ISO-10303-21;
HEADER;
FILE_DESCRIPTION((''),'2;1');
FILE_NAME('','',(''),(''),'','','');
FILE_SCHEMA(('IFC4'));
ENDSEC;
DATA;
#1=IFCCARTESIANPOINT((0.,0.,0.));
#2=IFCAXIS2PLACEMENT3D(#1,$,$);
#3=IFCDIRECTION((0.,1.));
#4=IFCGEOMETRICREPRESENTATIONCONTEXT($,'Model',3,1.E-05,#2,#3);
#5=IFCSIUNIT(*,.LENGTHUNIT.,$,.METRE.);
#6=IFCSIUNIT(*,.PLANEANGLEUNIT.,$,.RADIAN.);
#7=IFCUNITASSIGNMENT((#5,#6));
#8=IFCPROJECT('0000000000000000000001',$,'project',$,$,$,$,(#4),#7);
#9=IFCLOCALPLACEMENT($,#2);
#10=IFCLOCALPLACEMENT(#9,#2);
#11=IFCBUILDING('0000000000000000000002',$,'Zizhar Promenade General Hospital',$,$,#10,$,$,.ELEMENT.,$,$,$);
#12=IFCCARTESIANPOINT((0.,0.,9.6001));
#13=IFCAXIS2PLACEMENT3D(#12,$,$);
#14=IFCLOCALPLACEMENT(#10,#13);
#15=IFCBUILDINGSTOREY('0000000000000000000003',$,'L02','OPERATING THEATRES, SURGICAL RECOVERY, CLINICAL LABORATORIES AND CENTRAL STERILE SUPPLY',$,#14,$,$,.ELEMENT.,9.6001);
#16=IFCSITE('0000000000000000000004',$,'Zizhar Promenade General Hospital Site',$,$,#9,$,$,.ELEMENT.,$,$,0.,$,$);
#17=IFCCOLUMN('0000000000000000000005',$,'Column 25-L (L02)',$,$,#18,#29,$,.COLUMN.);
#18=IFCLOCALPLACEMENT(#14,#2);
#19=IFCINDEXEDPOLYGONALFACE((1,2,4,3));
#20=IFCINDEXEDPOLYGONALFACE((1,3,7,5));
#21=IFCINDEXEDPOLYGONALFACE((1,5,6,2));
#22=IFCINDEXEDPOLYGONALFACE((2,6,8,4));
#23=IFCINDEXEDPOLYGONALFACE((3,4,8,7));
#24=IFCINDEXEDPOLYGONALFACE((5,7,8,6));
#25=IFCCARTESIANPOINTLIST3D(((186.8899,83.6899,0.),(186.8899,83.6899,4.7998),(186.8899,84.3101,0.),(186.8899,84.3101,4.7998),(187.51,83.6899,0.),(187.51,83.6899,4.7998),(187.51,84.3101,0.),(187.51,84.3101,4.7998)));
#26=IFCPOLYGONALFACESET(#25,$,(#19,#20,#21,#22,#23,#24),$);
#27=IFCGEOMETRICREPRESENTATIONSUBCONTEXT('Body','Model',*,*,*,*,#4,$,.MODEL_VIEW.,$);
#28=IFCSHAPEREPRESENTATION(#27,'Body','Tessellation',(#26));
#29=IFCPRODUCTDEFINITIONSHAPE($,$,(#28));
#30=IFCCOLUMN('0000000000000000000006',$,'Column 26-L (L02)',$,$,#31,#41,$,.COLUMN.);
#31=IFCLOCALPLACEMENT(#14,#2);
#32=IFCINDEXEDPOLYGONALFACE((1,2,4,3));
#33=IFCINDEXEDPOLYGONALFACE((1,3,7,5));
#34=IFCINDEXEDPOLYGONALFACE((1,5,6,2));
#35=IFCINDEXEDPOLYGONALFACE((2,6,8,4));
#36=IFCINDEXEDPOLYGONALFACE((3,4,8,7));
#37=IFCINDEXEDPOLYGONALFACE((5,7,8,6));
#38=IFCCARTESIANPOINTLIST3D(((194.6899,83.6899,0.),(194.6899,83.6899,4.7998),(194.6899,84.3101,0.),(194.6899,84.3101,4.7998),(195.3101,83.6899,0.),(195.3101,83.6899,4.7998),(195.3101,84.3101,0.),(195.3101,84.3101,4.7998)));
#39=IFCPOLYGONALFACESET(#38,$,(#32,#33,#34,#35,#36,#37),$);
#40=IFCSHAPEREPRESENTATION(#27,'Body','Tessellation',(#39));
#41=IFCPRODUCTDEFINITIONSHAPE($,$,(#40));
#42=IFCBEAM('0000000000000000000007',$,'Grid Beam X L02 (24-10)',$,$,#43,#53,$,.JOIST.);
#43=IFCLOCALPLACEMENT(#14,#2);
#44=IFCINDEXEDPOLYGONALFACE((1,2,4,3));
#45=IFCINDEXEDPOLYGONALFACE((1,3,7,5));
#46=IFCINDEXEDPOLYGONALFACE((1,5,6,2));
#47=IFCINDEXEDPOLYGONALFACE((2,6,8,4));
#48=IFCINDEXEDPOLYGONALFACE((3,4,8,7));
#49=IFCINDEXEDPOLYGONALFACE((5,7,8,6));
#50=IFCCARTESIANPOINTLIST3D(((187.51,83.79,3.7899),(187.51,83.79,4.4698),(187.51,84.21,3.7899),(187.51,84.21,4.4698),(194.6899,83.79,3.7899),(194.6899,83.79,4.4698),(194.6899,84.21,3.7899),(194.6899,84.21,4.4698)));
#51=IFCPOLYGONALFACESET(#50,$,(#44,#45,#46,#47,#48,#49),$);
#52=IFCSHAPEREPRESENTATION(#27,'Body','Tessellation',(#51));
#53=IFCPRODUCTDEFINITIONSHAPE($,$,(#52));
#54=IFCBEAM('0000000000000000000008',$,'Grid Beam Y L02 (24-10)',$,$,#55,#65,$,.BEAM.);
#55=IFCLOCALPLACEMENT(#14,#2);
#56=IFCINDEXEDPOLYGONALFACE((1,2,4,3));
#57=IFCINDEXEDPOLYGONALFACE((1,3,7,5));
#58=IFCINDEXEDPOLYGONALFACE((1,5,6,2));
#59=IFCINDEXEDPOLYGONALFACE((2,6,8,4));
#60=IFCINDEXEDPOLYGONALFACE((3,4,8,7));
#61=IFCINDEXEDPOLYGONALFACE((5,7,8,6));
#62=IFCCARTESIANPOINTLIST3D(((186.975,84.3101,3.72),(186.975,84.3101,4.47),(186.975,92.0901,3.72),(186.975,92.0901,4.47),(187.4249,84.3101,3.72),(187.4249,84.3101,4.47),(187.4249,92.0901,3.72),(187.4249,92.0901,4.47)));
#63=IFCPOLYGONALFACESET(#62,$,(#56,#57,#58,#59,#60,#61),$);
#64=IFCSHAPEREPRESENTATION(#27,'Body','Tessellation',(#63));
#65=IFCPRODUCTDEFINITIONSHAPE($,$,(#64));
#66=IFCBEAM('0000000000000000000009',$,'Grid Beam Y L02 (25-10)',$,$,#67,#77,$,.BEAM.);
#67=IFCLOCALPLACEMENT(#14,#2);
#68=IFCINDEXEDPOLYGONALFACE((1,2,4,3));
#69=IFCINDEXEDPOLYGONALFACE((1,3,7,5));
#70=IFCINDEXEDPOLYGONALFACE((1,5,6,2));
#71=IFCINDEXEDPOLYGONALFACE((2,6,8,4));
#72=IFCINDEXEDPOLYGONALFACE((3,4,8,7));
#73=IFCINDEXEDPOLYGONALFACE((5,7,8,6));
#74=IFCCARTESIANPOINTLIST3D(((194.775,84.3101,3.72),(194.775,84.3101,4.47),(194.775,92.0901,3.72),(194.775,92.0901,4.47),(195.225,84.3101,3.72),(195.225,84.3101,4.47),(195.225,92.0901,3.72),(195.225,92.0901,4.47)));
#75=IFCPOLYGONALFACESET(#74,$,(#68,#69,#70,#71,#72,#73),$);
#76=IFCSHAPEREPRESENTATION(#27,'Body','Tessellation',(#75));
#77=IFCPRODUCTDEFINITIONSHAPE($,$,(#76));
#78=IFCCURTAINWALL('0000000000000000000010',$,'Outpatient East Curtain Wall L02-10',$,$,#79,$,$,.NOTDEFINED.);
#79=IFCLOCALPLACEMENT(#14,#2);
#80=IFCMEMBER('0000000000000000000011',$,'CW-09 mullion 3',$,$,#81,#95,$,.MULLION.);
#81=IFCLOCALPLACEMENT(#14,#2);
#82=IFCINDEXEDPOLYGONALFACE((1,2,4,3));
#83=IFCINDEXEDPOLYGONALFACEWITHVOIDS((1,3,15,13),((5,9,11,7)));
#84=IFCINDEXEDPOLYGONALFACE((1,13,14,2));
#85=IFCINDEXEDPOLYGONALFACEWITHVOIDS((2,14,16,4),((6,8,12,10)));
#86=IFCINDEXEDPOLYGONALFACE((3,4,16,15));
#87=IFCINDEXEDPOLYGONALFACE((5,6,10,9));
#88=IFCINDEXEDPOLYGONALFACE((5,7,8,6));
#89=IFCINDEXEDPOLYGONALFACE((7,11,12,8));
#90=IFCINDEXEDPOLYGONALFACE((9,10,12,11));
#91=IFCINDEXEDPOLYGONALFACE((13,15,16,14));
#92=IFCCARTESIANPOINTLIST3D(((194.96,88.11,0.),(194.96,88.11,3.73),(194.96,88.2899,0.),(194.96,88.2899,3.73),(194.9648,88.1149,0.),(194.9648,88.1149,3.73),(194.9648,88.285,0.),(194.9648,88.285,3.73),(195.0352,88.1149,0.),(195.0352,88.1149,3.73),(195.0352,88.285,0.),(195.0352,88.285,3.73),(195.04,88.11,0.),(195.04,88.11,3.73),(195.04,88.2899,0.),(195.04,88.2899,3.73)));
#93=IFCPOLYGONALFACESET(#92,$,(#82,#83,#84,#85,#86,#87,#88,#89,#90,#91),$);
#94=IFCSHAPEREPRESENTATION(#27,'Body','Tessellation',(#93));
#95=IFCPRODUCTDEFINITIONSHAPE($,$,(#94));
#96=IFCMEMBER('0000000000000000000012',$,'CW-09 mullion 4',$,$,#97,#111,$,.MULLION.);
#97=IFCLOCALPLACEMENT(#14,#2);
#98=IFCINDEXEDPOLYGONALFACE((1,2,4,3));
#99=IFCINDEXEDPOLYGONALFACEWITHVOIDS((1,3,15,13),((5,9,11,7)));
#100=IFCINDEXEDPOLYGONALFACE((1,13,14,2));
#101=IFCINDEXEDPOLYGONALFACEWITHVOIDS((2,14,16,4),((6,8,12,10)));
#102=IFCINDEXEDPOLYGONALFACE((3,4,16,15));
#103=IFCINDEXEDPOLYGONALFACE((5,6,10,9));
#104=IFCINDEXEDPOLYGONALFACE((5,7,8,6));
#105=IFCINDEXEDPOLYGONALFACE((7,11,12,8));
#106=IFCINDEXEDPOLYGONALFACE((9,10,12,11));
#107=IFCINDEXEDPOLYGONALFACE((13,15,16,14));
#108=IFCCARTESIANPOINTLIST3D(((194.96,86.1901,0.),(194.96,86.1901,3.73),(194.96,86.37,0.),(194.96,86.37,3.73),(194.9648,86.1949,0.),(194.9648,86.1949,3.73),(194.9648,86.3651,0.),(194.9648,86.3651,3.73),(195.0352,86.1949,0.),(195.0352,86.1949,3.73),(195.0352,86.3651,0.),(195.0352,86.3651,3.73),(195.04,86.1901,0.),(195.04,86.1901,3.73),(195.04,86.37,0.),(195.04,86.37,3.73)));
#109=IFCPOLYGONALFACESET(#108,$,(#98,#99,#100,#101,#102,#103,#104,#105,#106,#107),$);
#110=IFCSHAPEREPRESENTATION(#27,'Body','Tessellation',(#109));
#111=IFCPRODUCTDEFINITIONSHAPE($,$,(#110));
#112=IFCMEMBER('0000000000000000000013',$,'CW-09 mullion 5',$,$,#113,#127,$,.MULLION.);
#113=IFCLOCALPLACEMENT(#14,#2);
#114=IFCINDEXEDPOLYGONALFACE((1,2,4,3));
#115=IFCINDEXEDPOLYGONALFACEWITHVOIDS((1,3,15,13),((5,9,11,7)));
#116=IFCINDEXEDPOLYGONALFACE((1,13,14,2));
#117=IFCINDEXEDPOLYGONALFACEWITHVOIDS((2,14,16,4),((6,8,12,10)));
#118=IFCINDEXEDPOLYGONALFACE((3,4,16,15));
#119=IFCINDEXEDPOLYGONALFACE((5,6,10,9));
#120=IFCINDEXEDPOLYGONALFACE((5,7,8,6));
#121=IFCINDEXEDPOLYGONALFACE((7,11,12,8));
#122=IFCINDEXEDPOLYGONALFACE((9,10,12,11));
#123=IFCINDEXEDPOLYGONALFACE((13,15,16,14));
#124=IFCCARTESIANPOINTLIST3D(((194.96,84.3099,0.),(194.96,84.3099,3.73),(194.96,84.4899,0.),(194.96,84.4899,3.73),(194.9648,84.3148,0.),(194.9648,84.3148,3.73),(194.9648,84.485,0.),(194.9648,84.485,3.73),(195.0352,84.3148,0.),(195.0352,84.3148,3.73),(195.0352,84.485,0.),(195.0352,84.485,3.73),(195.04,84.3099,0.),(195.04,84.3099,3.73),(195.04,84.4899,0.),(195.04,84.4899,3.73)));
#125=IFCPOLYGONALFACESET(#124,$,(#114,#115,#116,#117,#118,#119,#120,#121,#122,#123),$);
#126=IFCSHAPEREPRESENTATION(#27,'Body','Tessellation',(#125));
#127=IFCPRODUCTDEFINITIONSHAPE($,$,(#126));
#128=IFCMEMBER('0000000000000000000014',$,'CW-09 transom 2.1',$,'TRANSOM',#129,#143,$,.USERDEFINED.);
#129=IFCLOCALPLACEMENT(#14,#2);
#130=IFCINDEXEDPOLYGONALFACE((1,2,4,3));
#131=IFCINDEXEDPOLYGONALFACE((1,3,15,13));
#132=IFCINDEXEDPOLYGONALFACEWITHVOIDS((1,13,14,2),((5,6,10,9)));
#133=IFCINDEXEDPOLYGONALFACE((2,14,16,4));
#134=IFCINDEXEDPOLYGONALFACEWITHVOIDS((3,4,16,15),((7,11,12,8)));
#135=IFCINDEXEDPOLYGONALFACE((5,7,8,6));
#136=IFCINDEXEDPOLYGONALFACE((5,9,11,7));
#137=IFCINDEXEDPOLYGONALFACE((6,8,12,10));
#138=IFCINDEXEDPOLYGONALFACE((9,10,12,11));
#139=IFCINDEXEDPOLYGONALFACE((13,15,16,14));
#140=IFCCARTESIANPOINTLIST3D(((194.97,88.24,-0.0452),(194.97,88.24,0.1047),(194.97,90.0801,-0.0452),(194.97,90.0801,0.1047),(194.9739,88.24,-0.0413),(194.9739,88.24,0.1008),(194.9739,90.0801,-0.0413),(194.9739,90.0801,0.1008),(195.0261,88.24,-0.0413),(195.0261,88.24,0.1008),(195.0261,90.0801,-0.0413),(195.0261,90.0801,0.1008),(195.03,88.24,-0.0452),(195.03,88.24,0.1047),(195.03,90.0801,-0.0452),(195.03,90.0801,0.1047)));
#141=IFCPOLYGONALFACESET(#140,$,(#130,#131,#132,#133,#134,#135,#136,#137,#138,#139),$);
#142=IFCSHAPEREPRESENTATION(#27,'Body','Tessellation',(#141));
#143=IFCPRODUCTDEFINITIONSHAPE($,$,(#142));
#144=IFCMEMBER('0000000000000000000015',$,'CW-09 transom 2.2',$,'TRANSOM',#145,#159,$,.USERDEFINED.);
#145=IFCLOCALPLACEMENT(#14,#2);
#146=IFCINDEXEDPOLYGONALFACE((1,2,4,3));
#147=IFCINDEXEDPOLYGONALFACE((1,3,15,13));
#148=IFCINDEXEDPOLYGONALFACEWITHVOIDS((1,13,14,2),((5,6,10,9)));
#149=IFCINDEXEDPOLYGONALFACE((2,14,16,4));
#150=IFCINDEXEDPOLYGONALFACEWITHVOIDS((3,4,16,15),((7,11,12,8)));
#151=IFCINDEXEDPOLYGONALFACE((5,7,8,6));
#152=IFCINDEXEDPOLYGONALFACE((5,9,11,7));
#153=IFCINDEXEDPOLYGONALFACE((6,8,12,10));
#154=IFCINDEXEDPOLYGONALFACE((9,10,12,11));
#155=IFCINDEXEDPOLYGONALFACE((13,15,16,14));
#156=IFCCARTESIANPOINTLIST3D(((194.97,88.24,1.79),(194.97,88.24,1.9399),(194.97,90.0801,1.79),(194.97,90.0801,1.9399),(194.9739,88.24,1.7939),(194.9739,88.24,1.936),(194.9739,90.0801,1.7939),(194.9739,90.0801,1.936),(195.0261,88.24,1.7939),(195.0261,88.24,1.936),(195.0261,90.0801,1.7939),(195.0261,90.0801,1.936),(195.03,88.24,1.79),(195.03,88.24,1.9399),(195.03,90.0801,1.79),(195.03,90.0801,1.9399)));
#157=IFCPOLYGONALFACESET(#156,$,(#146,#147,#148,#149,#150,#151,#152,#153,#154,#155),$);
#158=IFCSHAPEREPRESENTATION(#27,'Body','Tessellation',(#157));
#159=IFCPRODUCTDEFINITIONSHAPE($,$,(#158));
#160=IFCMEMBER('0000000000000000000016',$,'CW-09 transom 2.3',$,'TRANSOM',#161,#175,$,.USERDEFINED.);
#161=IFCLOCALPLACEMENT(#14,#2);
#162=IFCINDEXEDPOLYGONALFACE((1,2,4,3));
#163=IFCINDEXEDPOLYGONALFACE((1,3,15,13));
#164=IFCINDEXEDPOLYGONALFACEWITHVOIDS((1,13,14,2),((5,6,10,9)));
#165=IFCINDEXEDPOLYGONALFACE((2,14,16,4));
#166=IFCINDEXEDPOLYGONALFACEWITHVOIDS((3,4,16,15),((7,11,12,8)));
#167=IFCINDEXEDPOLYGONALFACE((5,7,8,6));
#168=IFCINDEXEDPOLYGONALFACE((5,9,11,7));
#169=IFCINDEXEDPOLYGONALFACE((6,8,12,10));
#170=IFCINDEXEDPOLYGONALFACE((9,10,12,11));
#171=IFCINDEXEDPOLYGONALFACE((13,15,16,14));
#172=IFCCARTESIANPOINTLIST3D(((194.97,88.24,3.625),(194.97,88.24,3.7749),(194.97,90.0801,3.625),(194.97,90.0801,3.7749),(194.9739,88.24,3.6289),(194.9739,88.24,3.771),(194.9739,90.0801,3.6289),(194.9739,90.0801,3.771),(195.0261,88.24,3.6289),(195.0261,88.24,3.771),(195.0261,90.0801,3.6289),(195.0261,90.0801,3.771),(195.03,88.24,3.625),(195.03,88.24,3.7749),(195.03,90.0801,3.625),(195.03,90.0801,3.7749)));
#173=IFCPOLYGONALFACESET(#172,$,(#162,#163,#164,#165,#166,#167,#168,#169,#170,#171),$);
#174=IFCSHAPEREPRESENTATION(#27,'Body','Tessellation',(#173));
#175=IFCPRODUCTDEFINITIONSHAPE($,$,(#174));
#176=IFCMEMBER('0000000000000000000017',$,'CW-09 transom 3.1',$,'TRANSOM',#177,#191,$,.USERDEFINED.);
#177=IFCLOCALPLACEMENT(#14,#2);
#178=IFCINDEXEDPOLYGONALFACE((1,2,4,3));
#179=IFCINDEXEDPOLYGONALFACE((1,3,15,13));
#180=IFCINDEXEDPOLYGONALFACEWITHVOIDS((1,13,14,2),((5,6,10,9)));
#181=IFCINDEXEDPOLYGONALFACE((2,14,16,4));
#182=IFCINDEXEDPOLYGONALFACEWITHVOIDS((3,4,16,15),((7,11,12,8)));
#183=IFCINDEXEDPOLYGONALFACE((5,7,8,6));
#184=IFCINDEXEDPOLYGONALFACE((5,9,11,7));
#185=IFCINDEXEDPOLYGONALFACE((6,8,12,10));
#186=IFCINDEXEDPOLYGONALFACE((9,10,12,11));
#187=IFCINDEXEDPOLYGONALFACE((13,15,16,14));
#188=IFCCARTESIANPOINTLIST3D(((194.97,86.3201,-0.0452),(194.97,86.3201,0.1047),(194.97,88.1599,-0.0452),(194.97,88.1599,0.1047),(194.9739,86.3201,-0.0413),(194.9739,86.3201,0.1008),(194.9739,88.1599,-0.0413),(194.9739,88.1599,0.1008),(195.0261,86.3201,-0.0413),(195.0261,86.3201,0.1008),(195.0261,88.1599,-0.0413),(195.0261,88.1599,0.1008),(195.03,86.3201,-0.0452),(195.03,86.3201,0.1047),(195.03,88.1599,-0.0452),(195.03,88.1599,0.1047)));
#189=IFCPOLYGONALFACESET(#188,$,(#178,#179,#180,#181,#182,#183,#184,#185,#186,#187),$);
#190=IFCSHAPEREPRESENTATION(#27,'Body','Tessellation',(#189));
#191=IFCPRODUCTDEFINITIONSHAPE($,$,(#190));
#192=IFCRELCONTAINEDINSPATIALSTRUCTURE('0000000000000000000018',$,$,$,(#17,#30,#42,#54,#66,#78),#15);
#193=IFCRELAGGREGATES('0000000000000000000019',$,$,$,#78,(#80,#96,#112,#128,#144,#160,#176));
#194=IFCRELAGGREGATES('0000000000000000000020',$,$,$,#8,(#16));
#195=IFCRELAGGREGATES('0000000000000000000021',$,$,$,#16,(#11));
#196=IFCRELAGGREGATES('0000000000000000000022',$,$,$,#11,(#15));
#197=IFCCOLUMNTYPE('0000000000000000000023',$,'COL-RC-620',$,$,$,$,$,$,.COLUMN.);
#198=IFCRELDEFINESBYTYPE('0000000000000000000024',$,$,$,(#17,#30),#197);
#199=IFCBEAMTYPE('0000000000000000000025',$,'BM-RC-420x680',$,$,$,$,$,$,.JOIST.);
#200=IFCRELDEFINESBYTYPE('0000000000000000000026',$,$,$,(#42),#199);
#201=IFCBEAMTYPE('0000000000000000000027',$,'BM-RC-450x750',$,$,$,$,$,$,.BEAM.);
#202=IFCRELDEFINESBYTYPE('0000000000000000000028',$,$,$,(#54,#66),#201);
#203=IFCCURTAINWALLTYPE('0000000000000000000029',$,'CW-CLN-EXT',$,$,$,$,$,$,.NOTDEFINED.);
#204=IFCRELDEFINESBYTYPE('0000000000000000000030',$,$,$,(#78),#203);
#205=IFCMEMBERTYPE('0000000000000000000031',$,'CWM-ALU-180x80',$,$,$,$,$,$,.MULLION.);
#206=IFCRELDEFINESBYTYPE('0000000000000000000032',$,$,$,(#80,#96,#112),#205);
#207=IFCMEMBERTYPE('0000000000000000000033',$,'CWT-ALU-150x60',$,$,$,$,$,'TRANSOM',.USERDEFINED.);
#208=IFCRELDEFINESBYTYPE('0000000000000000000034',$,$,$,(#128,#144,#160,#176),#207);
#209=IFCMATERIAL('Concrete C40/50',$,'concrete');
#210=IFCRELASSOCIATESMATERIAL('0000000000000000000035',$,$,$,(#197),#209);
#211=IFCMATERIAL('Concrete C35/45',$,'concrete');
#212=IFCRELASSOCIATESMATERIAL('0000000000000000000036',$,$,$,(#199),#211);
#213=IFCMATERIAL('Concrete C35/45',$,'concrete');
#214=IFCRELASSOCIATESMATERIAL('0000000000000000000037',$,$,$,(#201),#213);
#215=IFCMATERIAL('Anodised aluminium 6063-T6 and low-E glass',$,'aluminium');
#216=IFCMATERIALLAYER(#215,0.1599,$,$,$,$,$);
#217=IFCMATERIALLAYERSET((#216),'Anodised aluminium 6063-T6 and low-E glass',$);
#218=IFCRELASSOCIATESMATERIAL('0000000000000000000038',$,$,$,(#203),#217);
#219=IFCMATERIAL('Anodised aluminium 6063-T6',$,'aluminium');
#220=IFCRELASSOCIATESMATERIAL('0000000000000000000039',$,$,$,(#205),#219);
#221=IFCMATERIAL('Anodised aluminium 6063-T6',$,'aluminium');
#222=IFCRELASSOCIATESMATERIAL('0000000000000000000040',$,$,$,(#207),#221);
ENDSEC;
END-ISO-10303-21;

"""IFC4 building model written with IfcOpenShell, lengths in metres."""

from ifc_helpers import new_model, si_unit, direction, frame, origin, origin_2d, place, context, subcontext, project, spatial, rectangle, hollow_rectangle, extrude, material, layer, layer_set, material_profile, profile_set, type_object, element, aggregate, save


model = new_model("IFC4")

# Units and contexts
model_context = context("Model", 3, precision=1e-05, world=origin(), true_north=direction((0.0, 1.0)))
body_context = subcontext(model_context, "Body", "Model", "MODEL_VIEW")
ifc_project = project(units=[si_unit("LENGTHUNIT", "METRE"), si_unit("PLANEANGLEUNIT", "RADIAN")], contexts=[model_context])

# Site, building, storey
site_placement = place(None, origin())
site = spatial("IfcSite", under=ifc_project, at=site_placement, Name="Zizhar Promenade General Hospital Site", CompositionType="ELEMENT", RefElevation=0.0)
building_placement = place(site_placement, origin())
building = spatial("IfcBuilding", under=site, at=building_placement, Name="Zizhar Promenade General Hospital", CompositionType="ELEMENT")
storey_placement = place(building_placement, frame((0.0, 0.0, 9.6001)))
storey = spatial("IfcBuildingStorey", under=building, at=storey_placement, Name="L02", Description="OPERATING THEATRES, SURGICAL RECOVERY, CLINICAL LABORATORIES AND CENTRAL STERILE SUPPLY", CompositionType="ELEMENT", Elevation=9.6001)

# Columns
ifc_material_1 = material(Name="Concrete C40/50", Category="concrete")
ifc_material_profile_1 = material_profile(ifc_material_1, rectangle(XDim=0.6201, YDim=0.6201, at=origin_2d()))
ifc_profile_set_1 = profile_set([ifc_material_profile_1], Name="Concrete C40/50")
column_type = type_object("IfcColumnType", Name="COL-RC-620", PredefinedType="COLUMN", material=ifc_profile_set_1)
for number, where, z_axis, x_axis, name in (
    (1, (187.2, 84.0, 0.0), (0.0, 0.0, 1.0), (1.0, 0.0, 0.0), "Column 25-L (L02)"),
    (2, (195.0, 84.0, 0.0), (0.0, 0.0, 1.0), (1.0, 0.0, 0.0), "Column 26-L (L02)"),
):
    element("IfcColumn", number, at=place(storey_placement, frame(where, z_axis=z_axis, x_axis=x_axis)), inside=storey, type_object=column_type, Name=name, PredefinedType="COLUMN", context=body_context, shape_type="SweptSolid", body=[
        extrude(rectangle(XDim=0.6201, YDim=0.6201, at=origin_2d()), origin(), (0.0, 0.0, 1.0), 4.7998),
    ])

# Beams
ifc_material_2 = material(Name="Concrete C35/45", Category="concrete")
ifc_material_profile_2 = material_profile(ifc_material_2, rectangle(XDim=0.4199, YDim=0.6799, at=origin_2d()))
ifc_profile_set_2 = profile_set([ifc_material_profile_2], Name="Concrete C35/45")
beam_type_1 = type_object("IfcBeamType", Name="BM-RC-420x680", PredefinedType="JOIST", material=ifc_profile_set_2)
beam_placement = place(storey_placement, frame((187.51, 84.0, 4.1299), z_axis=(1.0, 0.0, 0.0), x_axis=(0.0, 1.0, 0.0)))
element("IfcBeam", 3, at=beam_placement, inside=storey, type_object=beam_type_1, Name="Grid Beam X L02 (24-10)", PredefinedType="JOIST", context=body_context, shape_type="SweptSolid", body=[
    extrude(rectangle(XDim=0.4199, YDim=0.6799, at=origin_2d()), origin(), (0.0, 0.0, 1.0), 7.1799),
])
ifc_material_3 = material(Name="Concrete C35/45", Category="concrete")
ifc_material_profile_3 = material_profile(ifc_material_3, rectangle(XDim=0.45, YDim=0.75, at=origin_2d()))
ifc_profile_set_3 = profile_set([ifc_material_profile_3], Name="Concrete C35/45")
beam_type_2 = type_object("IfcBeamType", Name="BM-RC-450x750", PredefinedType="BEAM", material=ifc_profile_set_3)
for number, where, z_axis, x_axis, name in (
    (4, (187.2, 84.3101, 4.095), (0.0, 1.0, 0.0), (-1.0, 0.0, 0.0), "Grid Beam Y L02 (24-10)"),
    (5, (195.0, 84.3101, 4.095), (0.0, 1.0, 0.0), (-1.0, 0.0, 0.0), "Grid Beam Y L02 (25-10)"),
):
    element("IfcBeam", number, at=place(storey_placement, frame(where, z_axis=z_axis, x_axis=x_axis)), inside=storey, type_object=beam_type_2, Name=name, PredefinedType="BEAM", context=body_context, shape_type="SweptSolid", body=[
        extrude(rectangle(XDim=0.45, YDim=0.75, at=origin_2d()), origin(), (0.0, 0.0, 1.0), 7.78),
    ])

# Curtain wall, members
ifc_material_4 = material(Name="Anodised aluminium 6063-T6 and low-E glass", Category="aluminium")
ifc_layer_1 = layer(ifc_material_4, 0.1599)
ifc_layer_set_1 = layer_set([ifc_layer_1], Name="Anodised aluminium 6063-T6 and low-E glass")
curtain_wall_type = type_object("IfcCurtainWallType", Name="CW-CLN-EXT", PredefinedType="NOTDEFINED", material=ifc_layer_set_1)
curtain_wall_placement = place(storey_placement, origin())
curtain_wall = element("IfcCurtainWall", 6, at=curtain_wall_placement, inside=storey, type_object=curtain_wall_type, Name="Outpatient East Curtain Wall L02-10", PredefinedType="NOTDEFINED")
ifc_material_5 = material(Name="Anodised aluminium 6063-T6", Category="aluminium")
ifc_material_profile_4 = material_profile(ifc_material_5, hollow_rectangle(XDim=0.0801, YDim=0.1799, WallThickness=0.0049, at=origin_2d()))
ifc_profile_set_4 = profile_set([ifc_material_profile_4], Name="Anodised aluminium 6063-T6")
member_type_1 = type_object("IfcMemberType", Name="CWM-ALU-180x80", PredefinedType="MULLION", material=ifc_profile_set_4)
member_1_placement = place(storey_placement, frame((195.0, 88.2, 0.0), z_axis=(0.0, 0.0, 1.0), x_axis=(1.0, 0.0, 0.0)))
member_1 = element("IfcMember", 7, at=member_1_placement, type_object=member_type_1, Name="CW-09 mullion 3", PredefinedType="MULLION", context=body_context, shape_type="SweptSolid", body=[
    extrude(hollow_rectangle(XDim=0.0801, YDim=0.1799, WallThickness=0.0049, at=origin_2d()), origin(), (0.0, 0.0, 1.0), 3.73),
])
member_2_placement = place(storey_placement, frame((195.0, 86.28, 0.0), z_axis=(0.0, 0.0, 1.0), x_axis=(1.0, 0.0, 0.0)))
member_2 = element("IfcMember", 8, at=member_2_placement, type_object=member_type_1, Name="CW-09 mullion 4", PredefinedType="MULLION", context=body_context, shape_type="SweptSolid", body=[
    extrude(hollow_rectangle(XDim=0.0801, YDim=0.1799, WallThickness=0.0049, at=origin_2d()), origin(), (0.0, 0.0, 1.0), 3.73),
])
member_3_placement = place(storey_placement, frame((195.0, 84.3999, 0.0), z_axis=(0.0, 0.0, 1.0), x_axis=(1.0, 0.0, 0.0)))
member_3 = element("IfcMember", 9, at=member_3_placement, type_object=member_type_1, Name="CW-09 mullion 5", PredefinedType="MULLION", context=body_context, shape_type="SweptSolid", body=[
    extrude(hollow_rectangle(XDim=0.0801, YDim=0.1799, WallThickness=0.0049, at=origin_2d()), origin(), (0.0, 0.0, 1.0), 3.73),
])
ifc_material_6 = material(Name="Anodised aluminium 6063-T6", Category="aluminium")
ifc_material_profile_5 = material_profile(ifc_material_6, hollow_rectangle(XDim=0.0601, YDim=0.1499, WallThickness=0.0039, at=origin_2d()))
ifc_profile_set_5 = profile_set([ifc_material_profile_5], Name="Anodised aluminium 6063-T6")
member_type_2 = type_object("IfcMemberType", Name="CWT-ALU-150x60", ElementType="TRANSOM", PredefinedType="USERDEFINED", material=ifc_profile_set_5)
member_4_placement = place(storey_placement, frame((195.0, 90.0801, 0.0298), z_axis=(0.0, -1.0, 0.0), x_axis=(1.0, 0.0, 0.0)))
member_4 = element("IfcMember", 10, at=member_4_placement, type_object=member_type_2, Name="CW-09 transom 2.1", ObjectType="TRANSOM", PredefinedType="USERDEFINED", context=body_context, shape_type="SweptSolid", body=[
    extrude(hollow_rectangle(XDim=0.0601, YDim=0.1499, WallThickness=0.0039, at=origin_2d()), origin(), (0.0, 0.0, 1.0), 1.8401),
])
member_5_placement = place(storey_placement, frame((195.0, 90.0801, 1.865), z_axis=(0.0, -1.0, 0.0), x_axis=(1.0, 0.0, 0.0)))
member_5 = element("IfcMember", 11, at=member_5_placement, type_object=member_type_2, Name="CW-09 transom 2.2", ObjectType="TRANSOM", PredefinedType="USERDEFINED", context=body_context, shape_type="SweptSolid", body=[
    extrude(hollow_rectangle(XDim=0.0601, YDim=0.1499, WallThickness=0.0039, at=origin_2d()), origin(), (0.0, 0.0, 1.0), 1.8401),
])
member_6_placement = place(storey_placement, frame((195.0, 90.0801, 3.7), z_axis=(0.0, -1.0, 0.0), x_axis=(1.0, 0.0, 0.0)))
member_6 = element("IfcMember", 12, at=member_6_placement, type_object=member_type_2, Name="CW-09 transom 2.3", ObjectType="TRANSOM", PredefinedType="USERDEFINED", context=body_context, shape_type="SweptSolid", body=[
    extrude(hollow_rectangle(XDim=0.0601, YDim=0.1499, WallThickness=0.0039, at=origin_2d()), origin(), (0.0, 0.0, 1.0), 1.8401),
])
member_7_placement = place(storey_placement, frame((195.0, 88.1599, 0.0298), z_axis=(0.0, -1.0, 0.0), x_axis=(1.0, 0.0, 0.0)))
member_7 = element("IfcMember", 13, at=member_7_placement, type_object=member_type_2, Name="CW-09 transom 3.1", ObjectType="TRANSOM", PredefinedType="USERDEFINED", context=body_context, shape_type="SweptSolid", body=[
    extrude(hollow_rectangle(XDim=0.0601, YDim=0.1499, WallThickness=0.0039, at=origin_2d()), origin(), (0.0, 0.0, 1.0), 1.8398),
])
aggregate(curtain_wall, [member_1, member_2, member_3, member_4, member_5, member_6, member_7])

save(model, "model.ifc")
